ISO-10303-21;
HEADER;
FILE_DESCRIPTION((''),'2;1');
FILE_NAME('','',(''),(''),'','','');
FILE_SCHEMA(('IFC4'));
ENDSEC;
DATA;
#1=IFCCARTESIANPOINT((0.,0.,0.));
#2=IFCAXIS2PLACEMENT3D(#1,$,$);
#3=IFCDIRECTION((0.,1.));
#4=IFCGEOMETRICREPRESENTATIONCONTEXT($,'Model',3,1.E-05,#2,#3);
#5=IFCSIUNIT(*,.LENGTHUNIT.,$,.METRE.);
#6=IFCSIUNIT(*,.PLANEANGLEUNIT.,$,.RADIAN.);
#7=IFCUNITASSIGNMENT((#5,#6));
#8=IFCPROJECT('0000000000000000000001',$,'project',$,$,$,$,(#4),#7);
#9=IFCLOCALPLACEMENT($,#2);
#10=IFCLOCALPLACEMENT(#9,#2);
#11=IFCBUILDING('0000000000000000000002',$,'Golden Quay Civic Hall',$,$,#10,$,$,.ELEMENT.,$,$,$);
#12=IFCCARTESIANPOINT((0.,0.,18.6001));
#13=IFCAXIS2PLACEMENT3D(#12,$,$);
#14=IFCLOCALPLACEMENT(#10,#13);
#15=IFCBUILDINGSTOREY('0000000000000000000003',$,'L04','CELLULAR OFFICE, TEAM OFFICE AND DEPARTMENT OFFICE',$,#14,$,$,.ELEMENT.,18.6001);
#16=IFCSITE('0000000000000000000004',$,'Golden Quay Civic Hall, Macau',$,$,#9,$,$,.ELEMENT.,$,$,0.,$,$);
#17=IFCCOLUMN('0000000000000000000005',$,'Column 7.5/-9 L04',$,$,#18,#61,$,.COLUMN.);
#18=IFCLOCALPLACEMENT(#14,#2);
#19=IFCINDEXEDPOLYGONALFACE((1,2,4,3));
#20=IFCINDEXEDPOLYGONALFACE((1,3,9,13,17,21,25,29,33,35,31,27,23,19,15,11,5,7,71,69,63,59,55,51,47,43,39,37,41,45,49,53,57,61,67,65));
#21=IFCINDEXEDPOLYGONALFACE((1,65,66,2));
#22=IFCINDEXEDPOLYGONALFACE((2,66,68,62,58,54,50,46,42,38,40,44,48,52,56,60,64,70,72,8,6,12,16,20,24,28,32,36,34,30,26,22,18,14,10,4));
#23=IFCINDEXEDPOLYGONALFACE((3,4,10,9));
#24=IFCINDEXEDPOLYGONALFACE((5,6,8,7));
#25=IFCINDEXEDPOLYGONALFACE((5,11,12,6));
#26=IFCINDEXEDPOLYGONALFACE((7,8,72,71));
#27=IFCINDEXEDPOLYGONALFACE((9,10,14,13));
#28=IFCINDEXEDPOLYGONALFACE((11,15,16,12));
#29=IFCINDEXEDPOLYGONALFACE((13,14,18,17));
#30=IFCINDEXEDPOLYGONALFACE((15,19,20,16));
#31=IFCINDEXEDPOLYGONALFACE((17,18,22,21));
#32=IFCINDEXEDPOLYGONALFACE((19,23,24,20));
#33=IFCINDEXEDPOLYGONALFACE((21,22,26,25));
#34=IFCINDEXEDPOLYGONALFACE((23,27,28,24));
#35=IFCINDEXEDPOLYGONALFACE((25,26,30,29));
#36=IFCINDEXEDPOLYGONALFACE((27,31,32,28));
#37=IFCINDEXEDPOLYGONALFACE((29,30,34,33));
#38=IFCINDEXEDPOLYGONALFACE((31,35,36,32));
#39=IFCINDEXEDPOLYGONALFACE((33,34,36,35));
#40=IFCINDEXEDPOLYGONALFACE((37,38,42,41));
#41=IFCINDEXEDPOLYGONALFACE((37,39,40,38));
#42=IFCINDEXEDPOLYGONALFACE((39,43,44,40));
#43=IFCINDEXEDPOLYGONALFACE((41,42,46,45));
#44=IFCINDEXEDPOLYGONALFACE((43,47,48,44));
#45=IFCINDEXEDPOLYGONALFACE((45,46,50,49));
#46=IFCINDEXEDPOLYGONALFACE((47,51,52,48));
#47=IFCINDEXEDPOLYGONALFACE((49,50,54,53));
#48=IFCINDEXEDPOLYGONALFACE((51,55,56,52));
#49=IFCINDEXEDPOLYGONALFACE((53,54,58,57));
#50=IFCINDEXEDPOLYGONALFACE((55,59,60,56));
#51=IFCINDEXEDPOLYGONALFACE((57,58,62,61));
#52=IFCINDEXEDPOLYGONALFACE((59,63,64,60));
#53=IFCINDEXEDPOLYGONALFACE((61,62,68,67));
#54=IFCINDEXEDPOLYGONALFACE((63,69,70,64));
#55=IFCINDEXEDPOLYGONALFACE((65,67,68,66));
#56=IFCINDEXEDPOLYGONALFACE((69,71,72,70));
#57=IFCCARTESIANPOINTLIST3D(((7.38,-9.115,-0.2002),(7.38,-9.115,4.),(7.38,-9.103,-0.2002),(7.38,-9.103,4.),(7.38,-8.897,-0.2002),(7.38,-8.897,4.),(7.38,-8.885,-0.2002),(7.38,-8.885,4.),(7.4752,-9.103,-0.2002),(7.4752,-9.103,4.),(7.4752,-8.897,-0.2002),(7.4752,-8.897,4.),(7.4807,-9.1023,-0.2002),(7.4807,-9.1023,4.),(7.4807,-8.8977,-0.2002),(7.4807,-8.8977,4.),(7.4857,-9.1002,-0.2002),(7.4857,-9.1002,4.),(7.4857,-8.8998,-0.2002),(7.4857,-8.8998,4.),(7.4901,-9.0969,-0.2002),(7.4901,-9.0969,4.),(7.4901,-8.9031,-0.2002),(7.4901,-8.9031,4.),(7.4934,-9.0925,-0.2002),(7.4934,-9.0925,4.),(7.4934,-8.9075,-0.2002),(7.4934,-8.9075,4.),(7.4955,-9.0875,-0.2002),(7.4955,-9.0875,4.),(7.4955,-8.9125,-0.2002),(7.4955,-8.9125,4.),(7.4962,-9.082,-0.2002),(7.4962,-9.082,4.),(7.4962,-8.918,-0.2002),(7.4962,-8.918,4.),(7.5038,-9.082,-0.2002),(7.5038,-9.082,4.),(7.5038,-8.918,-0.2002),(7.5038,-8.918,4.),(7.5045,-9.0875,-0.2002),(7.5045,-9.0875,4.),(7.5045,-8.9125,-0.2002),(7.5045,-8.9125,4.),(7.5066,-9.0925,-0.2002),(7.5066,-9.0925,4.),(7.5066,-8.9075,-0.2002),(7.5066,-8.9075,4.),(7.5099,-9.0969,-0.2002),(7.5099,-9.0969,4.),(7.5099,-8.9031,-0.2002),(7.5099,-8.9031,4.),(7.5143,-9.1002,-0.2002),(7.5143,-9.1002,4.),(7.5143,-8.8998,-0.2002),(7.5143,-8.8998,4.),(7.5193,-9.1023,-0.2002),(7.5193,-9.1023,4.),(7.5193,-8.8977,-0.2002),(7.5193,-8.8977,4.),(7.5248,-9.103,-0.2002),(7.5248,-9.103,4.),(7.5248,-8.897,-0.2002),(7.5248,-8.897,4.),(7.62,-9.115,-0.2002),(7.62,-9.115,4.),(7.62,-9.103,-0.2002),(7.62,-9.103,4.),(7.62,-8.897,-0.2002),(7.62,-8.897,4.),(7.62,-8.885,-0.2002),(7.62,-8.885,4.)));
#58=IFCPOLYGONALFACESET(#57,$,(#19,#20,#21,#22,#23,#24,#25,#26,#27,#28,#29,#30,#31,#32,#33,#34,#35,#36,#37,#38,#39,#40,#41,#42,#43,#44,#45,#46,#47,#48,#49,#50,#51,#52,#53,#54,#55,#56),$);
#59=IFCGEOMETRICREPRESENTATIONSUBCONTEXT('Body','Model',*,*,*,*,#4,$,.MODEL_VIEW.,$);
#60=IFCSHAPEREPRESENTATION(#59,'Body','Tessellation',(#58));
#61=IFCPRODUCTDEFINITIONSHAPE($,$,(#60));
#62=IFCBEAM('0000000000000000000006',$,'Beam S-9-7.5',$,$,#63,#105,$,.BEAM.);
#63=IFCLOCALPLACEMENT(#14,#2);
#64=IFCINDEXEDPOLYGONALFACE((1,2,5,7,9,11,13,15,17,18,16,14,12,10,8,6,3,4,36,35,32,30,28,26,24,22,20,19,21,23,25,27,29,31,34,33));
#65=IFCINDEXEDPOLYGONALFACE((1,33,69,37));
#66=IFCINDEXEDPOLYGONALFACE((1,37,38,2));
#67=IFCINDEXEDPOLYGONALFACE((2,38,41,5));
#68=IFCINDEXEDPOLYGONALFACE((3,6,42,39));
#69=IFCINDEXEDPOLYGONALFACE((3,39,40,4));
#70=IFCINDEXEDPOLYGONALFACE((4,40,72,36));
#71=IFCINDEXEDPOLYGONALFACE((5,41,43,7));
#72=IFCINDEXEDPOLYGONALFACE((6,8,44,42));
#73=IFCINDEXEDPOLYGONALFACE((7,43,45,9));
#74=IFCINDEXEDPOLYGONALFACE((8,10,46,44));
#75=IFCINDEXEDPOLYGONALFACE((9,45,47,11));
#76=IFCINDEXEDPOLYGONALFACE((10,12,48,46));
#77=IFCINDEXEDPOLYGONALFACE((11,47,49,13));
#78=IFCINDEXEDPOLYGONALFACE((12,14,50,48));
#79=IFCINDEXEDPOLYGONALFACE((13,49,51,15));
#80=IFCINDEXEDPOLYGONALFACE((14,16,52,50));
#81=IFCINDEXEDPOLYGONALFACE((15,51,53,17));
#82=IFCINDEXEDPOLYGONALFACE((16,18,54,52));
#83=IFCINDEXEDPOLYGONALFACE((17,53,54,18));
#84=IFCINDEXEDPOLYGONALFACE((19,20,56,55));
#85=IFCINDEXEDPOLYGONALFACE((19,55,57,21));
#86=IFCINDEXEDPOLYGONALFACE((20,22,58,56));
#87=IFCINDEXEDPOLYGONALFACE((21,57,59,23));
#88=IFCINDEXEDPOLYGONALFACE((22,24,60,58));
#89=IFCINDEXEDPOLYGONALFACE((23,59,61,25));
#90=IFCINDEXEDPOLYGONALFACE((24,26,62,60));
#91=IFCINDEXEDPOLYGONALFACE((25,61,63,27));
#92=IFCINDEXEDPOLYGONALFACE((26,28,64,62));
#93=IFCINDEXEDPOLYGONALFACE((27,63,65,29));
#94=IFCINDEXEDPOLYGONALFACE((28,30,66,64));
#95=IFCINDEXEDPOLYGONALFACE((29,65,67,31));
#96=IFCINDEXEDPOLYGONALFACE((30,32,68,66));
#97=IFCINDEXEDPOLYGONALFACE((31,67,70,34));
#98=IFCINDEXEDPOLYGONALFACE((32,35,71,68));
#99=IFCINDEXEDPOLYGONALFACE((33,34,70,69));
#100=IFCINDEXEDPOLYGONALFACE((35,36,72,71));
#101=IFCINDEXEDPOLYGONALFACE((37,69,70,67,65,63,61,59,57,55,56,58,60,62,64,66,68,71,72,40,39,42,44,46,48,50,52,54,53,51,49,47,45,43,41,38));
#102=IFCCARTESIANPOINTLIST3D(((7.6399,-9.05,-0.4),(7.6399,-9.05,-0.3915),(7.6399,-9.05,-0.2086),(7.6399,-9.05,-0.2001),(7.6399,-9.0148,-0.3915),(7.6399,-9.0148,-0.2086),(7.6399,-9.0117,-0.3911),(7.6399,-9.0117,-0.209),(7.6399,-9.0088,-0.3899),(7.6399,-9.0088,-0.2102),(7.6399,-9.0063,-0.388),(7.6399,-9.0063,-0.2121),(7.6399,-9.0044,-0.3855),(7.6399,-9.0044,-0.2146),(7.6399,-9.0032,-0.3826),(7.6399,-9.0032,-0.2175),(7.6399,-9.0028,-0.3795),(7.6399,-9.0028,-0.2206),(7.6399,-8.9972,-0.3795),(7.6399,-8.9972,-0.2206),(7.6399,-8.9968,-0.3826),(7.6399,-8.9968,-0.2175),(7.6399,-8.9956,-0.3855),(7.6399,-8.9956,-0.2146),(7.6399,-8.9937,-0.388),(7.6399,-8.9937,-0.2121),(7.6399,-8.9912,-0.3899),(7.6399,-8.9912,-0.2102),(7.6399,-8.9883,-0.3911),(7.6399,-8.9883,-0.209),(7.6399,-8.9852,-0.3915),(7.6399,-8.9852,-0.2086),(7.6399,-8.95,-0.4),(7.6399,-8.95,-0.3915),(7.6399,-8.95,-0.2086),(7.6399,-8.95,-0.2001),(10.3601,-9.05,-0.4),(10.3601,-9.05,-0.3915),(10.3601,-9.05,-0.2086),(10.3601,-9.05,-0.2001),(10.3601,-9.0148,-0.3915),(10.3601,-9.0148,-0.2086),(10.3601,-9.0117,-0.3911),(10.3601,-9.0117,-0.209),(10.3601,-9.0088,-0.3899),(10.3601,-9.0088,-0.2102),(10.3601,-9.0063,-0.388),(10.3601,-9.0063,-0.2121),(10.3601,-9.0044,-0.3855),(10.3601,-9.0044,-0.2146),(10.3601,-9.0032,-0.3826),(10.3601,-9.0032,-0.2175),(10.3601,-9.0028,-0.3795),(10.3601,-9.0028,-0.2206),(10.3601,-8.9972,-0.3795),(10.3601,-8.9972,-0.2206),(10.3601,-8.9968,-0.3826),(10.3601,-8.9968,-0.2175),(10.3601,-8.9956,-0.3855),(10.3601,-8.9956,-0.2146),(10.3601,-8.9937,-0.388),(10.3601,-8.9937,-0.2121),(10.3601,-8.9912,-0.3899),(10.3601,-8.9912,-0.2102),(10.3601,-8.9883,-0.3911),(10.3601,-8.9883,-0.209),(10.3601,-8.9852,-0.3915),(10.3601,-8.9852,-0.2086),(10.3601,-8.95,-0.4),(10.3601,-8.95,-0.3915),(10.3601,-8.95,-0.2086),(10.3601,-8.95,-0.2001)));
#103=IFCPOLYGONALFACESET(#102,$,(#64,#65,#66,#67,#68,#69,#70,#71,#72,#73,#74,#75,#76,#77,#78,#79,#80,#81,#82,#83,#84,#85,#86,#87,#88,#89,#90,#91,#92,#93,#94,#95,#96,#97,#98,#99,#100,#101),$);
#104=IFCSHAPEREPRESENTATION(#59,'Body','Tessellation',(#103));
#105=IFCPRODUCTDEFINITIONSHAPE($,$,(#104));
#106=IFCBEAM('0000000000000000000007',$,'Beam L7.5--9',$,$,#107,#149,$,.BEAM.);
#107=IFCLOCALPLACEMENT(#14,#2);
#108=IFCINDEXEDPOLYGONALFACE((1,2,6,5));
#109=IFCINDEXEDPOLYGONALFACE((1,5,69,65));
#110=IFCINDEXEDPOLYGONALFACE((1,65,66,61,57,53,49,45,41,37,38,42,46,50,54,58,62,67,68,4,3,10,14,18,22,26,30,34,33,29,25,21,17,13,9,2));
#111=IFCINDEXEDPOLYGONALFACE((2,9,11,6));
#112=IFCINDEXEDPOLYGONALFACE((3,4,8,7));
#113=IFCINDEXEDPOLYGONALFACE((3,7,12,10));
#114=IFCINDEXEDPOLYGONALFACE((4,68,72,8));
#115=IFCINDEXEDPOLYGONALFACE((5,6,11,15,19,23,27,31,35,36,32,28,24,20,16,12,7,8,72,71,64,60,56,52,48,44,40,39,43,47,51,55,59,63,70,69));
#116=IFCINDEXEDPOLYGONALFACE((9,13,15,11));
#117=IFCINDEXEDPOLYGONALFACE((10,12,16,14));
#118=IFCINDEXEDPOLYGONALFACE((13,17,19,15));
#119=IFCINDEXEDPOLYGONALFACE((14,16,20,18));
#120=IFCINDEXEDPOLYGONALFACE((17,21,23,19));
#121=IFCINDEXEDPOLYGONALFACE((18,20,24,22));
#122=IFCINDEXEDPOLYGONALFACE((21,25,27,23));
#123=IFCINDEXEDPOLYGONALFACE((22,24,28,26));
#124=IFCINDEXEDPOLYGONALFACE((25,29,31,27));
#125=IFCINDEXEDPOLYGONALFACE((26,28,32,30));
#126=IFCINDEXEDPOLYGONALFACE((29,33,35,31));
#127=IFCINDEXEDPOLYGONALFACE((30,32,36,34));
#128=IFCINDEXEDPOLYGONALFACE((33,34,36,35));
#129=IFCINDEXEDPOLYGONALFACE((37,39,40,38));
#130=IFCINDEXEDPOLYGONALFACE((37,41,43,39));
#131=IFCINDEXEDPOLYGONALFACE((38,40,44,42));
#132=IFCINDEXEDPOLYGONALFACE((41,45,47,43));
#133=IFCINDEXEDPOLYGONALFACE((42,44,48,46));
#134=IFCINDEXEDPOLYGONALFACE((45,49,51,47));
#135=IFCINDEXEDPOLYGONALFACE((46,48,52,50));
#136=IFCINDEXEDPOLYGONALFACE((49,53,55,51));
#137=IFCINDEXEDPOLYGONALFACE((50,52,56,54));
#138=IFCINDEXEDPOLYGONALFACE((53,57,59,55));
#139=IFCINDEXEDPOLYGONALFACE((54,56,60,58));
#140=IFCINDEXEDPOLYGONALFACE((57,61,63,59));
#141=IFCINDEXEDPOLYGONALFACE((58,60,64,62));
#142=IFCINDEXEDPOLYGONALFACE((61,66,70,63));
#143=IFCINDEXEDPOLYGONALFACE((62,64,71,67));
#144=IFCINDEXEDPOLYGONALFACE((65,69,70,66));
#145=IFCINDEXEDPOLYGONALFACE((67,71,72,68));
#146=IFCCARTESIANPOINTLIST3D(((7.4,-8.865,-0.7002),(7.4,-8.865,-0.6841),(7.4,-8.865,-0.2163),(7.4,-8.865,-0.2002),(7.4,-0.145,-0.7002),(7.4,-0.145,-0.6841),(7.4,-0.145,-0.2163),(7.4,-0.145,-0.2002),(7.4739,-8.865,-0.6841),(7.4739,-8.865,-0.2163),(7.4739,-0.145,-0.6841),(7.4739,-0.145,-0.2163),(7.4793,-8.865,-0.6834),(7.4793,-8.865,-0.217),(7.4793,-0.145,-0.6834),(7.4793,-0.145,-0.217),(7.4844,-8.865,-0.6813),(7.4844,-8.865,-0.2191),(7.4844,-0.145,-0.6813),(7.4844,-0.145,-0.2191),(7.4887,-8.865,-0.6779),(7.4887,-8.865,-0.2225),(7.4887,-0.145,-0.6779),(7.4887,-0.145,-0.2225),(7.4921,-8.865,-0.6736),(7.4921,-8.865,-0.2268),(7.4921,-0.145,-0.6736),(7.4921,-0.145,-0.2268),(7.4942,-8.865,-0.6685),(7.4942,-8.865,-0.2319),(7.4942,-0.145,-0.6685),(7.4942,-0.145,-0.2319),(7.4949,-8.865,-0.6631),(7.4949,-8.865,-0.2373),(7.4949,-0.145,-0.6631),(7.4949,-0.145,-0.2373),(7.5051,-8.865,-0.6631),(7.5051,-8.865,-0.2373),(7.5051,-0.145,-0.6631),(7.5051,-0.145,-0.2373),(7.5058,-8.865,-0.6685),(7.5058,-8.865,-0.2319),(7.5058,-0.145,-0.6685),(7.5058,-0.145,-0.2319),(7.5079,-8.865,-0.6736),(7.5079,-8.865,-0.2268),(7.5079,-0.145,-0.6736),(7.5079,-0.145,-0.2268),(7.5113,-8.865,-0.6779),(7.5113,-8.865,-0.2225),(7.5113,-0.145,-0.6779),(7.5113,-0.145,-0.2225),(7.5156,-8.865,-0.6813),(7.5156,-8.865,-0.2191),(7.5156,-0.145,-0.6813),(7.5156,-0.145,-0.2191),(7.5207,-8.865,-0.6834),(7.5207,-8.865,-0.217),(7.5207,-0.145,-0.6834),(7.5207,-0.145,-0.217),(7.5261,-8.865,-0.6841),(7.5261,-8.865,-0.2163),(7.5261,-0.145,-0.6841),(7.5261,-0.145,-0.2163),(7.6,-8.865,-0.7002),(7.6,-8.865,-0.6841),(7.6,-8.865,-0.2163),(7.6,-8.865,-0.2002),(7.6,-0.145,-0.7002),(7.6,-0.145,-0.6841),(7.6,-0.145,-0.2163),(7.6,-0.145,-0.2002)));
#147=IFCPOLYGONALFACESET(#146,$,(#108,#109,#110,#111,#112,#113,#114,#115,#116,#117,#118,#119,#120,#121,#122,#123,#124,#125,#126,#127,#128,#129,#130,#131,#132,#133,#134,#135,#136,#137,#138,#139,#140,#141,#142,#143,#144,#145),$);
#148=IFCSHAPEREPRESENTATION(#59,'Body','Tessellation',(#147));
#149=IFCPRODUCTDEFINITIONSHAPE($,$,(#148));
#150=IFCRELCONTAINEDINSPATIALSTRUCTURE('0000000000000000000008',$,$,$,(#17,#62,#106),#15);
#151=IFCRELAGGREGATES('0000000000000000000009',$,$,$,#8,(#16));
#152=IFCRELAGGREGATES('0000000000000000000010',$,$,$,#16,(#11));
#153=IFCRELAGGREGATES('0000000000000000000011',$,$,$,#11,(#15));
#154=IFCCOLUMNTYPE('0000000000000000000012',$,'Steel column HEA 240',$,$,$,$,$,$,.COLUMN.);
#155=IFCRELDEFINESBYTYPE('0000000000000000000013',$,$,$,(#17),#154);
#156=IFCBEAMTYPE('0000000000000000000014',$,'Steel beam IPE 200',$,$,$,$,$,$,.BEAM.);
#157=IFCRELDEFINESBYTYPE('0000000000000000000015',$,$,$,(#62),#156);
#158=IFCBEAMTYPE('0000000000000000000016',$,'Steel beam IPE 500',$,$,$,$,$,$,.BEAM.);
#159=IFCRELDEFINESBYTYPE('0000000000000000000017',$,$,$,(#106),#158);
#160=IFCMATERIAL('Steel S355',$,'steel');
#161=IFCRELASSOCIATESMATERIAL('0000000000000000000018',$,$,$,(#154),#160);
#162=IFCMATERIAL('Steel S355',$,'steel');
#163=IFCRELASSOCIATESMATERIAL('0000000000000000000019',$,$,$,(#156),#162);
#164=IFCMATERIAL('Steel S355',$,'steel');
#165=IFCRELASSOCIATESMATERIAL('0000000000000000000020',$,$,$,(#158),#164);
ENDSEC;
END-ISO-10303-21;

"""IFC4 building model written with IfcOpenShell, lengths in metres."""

from ifc_helpers import new_model, si_unit, direction, frame, origin, origin_2d, place, context, subcontext, project, spatial, i_section, extrude, material, material_profile, profile_set, type_object, element, save


model = new_model("IFC4")

# Units and contexts
model_context = context("Model", 3, precision=1e-05, world=origin(), true_north=direction((0.0, 1.0)))
body_context = subcontext(model_context, "Body", "Model", "MODEL_VIEW")
ifc_project = project(units=[si_unit("LENGTHUNIT", "METRE"), si_unit("PLANEANGLEUNIT", "RADIAN")], contexts=[model_context])

# Site, building, storey
site_placement = place(None, origin())
site = spatial("IfcSite", under=ifc_project, at=site_placement, Name="Golden Quay Civic Hall, Macau", CompositionType="ELEMENT", RefElevation=0.0)
building_placement = place(site_placement, origin())
building = spatial("IfcBuilding", under=site, at=building_placement, Name="Golden Quay Civic Hall", CompositionType="ELEMENT")
storey_placement = place(building_placement, frame((0.0, 0.0, 18.6001)))
storey = spatial("IfcBuildingStorey", under=building, at=storey_placement, Name="L04", Description="CELLULAR OFFICE, TEAM OFFICE AND DEPARTMENT OFFICE", CompositionType="ELEMENT", Elevation=18.6001)

# Column
ifc_material_1 = material(Name="Steel S355", Category="steel")
ifc_material_profile_1 = material_profile(ifc_material_1, i_section(OverallWidth=0.24, OverallDepth=0.23, WebThickness=0.0076, FlangeThickness=0.012, FilletRadius=0.021, at=origin_2d()), Name="HEA 240")
ifc_profile_set_1 = profile_set([ifc_material_profile_1], Name="Steel S355")
column_type = type_object("IfcColumnType", Name="Steel column HEA 240", PredefinedType="COLUMN", material=ifc_profile_set_1)
column_placement = place(storey_placement, frame((7.5, -9.0, -0.2002), z_axis=(0.0, 0.0, 1.0), x_axis=(1.0, 0.0, 0.0)))
element("IfcColumn", 1, at=column_placement, inside=storey, type_object=column_type, Name="Column 7.5/-9 L04", PredefinedType="COLUMN", context=body_context, shape_type="SweptSolid", body=[
    extrude(i_section(OverallWidth=0.24, OverallDepth=0.23, WebThickness=0.0076, FlangeThickness=0.012, FilletRadius=0.021, at=origin_2d()), origin(), (0.0, 0.0, 1.0), 4.2002),
])

# Beams
ifc_material_2 = material(Name="Steel S355", Category="steel")
ifc_material_profile_2 = material_profile(ifc_material_2, i_section(OverallWidth=0.1001, OverallDepth=0.2, WebThickness=0.0056, FlangeThickness=0.0085, FilletRadius=0.012, at=origin_2d()), Name="IPE 200")
ifc_profile_set_2 = profile_set([ifc_material_profile_2], Name="Steel S355")
beam_type_1 = type_object("IfcBeamType", Name="Steel beam IPE 200", PredefinedType="BEAM", material=ifc_profile_set_2)
beam_1_placement = place(storey_placement, frame((7.6399, -9.0, -0.3), z_axis=(1.0, 0.0, 0.0), x_axis=(0.0, 1.0, 0.0)))
element("IfcBeam", 2, at=beam_1_placement, inside=storey, type_object=beam_type_1, Name="Beam S-9-7.5", PredefinedType="BEAM", context=body_context, shape_type="SweptSolid", body=[
    extrude(i_section(OverallWidth=0.1001, OverallDepth=0.2, WebThickness=0.0056, FlangeThickness=0.0085, FilletRadius=0.012, at=origin_2d()), origin(), (0.0, 0.0, 1.0), 2.7202),
])
ifc_material_3 = material(Name="Steel S355", Category="steel")
ifc_material_profile_3 = material_profile(ifc_material_3, i_section(OverallWidth=0.2, OverallDepth=0.5, WebThickness=0.0103, FlangeThickness=0.0161, FilletRadius=0.021, at=origin_2d()), Name="IPE 500")
ifc_profile_set_3 = profile_set([ifc_material_profile_3], Name="Steel S355")
beam_type_2 = type_object("IfcBeamType", Name="Steel beam IPE 500", PredefinedType="BEAM", material=ifc_profile_set_3)
beam_2_placement = place(storey_placement, frame((7.5, -8.865, -0.4502), z_axis=(0.0, 1.0, 0.0), x_axis=(-1.0, 0.0, 0.0)))
element("IfcBeam", 3, at=beam_2_placement, inside=storey, type_object=beam_type_2, Name="Beam L7.5--9", PredefinedType="BEAM", context=body_context, shape_type="SweptSolid", body=[
    extrude(i_section(OverallWidth=0.2, OverallDepth=0.5, WebThickness=0.0103, FlangeThickness=0.0161, FilletRadius=0.021, at=origin_2d()), origin(), (0.0, 0.0, 1.0), 8.72),
])

save(model, "model.ifc")
